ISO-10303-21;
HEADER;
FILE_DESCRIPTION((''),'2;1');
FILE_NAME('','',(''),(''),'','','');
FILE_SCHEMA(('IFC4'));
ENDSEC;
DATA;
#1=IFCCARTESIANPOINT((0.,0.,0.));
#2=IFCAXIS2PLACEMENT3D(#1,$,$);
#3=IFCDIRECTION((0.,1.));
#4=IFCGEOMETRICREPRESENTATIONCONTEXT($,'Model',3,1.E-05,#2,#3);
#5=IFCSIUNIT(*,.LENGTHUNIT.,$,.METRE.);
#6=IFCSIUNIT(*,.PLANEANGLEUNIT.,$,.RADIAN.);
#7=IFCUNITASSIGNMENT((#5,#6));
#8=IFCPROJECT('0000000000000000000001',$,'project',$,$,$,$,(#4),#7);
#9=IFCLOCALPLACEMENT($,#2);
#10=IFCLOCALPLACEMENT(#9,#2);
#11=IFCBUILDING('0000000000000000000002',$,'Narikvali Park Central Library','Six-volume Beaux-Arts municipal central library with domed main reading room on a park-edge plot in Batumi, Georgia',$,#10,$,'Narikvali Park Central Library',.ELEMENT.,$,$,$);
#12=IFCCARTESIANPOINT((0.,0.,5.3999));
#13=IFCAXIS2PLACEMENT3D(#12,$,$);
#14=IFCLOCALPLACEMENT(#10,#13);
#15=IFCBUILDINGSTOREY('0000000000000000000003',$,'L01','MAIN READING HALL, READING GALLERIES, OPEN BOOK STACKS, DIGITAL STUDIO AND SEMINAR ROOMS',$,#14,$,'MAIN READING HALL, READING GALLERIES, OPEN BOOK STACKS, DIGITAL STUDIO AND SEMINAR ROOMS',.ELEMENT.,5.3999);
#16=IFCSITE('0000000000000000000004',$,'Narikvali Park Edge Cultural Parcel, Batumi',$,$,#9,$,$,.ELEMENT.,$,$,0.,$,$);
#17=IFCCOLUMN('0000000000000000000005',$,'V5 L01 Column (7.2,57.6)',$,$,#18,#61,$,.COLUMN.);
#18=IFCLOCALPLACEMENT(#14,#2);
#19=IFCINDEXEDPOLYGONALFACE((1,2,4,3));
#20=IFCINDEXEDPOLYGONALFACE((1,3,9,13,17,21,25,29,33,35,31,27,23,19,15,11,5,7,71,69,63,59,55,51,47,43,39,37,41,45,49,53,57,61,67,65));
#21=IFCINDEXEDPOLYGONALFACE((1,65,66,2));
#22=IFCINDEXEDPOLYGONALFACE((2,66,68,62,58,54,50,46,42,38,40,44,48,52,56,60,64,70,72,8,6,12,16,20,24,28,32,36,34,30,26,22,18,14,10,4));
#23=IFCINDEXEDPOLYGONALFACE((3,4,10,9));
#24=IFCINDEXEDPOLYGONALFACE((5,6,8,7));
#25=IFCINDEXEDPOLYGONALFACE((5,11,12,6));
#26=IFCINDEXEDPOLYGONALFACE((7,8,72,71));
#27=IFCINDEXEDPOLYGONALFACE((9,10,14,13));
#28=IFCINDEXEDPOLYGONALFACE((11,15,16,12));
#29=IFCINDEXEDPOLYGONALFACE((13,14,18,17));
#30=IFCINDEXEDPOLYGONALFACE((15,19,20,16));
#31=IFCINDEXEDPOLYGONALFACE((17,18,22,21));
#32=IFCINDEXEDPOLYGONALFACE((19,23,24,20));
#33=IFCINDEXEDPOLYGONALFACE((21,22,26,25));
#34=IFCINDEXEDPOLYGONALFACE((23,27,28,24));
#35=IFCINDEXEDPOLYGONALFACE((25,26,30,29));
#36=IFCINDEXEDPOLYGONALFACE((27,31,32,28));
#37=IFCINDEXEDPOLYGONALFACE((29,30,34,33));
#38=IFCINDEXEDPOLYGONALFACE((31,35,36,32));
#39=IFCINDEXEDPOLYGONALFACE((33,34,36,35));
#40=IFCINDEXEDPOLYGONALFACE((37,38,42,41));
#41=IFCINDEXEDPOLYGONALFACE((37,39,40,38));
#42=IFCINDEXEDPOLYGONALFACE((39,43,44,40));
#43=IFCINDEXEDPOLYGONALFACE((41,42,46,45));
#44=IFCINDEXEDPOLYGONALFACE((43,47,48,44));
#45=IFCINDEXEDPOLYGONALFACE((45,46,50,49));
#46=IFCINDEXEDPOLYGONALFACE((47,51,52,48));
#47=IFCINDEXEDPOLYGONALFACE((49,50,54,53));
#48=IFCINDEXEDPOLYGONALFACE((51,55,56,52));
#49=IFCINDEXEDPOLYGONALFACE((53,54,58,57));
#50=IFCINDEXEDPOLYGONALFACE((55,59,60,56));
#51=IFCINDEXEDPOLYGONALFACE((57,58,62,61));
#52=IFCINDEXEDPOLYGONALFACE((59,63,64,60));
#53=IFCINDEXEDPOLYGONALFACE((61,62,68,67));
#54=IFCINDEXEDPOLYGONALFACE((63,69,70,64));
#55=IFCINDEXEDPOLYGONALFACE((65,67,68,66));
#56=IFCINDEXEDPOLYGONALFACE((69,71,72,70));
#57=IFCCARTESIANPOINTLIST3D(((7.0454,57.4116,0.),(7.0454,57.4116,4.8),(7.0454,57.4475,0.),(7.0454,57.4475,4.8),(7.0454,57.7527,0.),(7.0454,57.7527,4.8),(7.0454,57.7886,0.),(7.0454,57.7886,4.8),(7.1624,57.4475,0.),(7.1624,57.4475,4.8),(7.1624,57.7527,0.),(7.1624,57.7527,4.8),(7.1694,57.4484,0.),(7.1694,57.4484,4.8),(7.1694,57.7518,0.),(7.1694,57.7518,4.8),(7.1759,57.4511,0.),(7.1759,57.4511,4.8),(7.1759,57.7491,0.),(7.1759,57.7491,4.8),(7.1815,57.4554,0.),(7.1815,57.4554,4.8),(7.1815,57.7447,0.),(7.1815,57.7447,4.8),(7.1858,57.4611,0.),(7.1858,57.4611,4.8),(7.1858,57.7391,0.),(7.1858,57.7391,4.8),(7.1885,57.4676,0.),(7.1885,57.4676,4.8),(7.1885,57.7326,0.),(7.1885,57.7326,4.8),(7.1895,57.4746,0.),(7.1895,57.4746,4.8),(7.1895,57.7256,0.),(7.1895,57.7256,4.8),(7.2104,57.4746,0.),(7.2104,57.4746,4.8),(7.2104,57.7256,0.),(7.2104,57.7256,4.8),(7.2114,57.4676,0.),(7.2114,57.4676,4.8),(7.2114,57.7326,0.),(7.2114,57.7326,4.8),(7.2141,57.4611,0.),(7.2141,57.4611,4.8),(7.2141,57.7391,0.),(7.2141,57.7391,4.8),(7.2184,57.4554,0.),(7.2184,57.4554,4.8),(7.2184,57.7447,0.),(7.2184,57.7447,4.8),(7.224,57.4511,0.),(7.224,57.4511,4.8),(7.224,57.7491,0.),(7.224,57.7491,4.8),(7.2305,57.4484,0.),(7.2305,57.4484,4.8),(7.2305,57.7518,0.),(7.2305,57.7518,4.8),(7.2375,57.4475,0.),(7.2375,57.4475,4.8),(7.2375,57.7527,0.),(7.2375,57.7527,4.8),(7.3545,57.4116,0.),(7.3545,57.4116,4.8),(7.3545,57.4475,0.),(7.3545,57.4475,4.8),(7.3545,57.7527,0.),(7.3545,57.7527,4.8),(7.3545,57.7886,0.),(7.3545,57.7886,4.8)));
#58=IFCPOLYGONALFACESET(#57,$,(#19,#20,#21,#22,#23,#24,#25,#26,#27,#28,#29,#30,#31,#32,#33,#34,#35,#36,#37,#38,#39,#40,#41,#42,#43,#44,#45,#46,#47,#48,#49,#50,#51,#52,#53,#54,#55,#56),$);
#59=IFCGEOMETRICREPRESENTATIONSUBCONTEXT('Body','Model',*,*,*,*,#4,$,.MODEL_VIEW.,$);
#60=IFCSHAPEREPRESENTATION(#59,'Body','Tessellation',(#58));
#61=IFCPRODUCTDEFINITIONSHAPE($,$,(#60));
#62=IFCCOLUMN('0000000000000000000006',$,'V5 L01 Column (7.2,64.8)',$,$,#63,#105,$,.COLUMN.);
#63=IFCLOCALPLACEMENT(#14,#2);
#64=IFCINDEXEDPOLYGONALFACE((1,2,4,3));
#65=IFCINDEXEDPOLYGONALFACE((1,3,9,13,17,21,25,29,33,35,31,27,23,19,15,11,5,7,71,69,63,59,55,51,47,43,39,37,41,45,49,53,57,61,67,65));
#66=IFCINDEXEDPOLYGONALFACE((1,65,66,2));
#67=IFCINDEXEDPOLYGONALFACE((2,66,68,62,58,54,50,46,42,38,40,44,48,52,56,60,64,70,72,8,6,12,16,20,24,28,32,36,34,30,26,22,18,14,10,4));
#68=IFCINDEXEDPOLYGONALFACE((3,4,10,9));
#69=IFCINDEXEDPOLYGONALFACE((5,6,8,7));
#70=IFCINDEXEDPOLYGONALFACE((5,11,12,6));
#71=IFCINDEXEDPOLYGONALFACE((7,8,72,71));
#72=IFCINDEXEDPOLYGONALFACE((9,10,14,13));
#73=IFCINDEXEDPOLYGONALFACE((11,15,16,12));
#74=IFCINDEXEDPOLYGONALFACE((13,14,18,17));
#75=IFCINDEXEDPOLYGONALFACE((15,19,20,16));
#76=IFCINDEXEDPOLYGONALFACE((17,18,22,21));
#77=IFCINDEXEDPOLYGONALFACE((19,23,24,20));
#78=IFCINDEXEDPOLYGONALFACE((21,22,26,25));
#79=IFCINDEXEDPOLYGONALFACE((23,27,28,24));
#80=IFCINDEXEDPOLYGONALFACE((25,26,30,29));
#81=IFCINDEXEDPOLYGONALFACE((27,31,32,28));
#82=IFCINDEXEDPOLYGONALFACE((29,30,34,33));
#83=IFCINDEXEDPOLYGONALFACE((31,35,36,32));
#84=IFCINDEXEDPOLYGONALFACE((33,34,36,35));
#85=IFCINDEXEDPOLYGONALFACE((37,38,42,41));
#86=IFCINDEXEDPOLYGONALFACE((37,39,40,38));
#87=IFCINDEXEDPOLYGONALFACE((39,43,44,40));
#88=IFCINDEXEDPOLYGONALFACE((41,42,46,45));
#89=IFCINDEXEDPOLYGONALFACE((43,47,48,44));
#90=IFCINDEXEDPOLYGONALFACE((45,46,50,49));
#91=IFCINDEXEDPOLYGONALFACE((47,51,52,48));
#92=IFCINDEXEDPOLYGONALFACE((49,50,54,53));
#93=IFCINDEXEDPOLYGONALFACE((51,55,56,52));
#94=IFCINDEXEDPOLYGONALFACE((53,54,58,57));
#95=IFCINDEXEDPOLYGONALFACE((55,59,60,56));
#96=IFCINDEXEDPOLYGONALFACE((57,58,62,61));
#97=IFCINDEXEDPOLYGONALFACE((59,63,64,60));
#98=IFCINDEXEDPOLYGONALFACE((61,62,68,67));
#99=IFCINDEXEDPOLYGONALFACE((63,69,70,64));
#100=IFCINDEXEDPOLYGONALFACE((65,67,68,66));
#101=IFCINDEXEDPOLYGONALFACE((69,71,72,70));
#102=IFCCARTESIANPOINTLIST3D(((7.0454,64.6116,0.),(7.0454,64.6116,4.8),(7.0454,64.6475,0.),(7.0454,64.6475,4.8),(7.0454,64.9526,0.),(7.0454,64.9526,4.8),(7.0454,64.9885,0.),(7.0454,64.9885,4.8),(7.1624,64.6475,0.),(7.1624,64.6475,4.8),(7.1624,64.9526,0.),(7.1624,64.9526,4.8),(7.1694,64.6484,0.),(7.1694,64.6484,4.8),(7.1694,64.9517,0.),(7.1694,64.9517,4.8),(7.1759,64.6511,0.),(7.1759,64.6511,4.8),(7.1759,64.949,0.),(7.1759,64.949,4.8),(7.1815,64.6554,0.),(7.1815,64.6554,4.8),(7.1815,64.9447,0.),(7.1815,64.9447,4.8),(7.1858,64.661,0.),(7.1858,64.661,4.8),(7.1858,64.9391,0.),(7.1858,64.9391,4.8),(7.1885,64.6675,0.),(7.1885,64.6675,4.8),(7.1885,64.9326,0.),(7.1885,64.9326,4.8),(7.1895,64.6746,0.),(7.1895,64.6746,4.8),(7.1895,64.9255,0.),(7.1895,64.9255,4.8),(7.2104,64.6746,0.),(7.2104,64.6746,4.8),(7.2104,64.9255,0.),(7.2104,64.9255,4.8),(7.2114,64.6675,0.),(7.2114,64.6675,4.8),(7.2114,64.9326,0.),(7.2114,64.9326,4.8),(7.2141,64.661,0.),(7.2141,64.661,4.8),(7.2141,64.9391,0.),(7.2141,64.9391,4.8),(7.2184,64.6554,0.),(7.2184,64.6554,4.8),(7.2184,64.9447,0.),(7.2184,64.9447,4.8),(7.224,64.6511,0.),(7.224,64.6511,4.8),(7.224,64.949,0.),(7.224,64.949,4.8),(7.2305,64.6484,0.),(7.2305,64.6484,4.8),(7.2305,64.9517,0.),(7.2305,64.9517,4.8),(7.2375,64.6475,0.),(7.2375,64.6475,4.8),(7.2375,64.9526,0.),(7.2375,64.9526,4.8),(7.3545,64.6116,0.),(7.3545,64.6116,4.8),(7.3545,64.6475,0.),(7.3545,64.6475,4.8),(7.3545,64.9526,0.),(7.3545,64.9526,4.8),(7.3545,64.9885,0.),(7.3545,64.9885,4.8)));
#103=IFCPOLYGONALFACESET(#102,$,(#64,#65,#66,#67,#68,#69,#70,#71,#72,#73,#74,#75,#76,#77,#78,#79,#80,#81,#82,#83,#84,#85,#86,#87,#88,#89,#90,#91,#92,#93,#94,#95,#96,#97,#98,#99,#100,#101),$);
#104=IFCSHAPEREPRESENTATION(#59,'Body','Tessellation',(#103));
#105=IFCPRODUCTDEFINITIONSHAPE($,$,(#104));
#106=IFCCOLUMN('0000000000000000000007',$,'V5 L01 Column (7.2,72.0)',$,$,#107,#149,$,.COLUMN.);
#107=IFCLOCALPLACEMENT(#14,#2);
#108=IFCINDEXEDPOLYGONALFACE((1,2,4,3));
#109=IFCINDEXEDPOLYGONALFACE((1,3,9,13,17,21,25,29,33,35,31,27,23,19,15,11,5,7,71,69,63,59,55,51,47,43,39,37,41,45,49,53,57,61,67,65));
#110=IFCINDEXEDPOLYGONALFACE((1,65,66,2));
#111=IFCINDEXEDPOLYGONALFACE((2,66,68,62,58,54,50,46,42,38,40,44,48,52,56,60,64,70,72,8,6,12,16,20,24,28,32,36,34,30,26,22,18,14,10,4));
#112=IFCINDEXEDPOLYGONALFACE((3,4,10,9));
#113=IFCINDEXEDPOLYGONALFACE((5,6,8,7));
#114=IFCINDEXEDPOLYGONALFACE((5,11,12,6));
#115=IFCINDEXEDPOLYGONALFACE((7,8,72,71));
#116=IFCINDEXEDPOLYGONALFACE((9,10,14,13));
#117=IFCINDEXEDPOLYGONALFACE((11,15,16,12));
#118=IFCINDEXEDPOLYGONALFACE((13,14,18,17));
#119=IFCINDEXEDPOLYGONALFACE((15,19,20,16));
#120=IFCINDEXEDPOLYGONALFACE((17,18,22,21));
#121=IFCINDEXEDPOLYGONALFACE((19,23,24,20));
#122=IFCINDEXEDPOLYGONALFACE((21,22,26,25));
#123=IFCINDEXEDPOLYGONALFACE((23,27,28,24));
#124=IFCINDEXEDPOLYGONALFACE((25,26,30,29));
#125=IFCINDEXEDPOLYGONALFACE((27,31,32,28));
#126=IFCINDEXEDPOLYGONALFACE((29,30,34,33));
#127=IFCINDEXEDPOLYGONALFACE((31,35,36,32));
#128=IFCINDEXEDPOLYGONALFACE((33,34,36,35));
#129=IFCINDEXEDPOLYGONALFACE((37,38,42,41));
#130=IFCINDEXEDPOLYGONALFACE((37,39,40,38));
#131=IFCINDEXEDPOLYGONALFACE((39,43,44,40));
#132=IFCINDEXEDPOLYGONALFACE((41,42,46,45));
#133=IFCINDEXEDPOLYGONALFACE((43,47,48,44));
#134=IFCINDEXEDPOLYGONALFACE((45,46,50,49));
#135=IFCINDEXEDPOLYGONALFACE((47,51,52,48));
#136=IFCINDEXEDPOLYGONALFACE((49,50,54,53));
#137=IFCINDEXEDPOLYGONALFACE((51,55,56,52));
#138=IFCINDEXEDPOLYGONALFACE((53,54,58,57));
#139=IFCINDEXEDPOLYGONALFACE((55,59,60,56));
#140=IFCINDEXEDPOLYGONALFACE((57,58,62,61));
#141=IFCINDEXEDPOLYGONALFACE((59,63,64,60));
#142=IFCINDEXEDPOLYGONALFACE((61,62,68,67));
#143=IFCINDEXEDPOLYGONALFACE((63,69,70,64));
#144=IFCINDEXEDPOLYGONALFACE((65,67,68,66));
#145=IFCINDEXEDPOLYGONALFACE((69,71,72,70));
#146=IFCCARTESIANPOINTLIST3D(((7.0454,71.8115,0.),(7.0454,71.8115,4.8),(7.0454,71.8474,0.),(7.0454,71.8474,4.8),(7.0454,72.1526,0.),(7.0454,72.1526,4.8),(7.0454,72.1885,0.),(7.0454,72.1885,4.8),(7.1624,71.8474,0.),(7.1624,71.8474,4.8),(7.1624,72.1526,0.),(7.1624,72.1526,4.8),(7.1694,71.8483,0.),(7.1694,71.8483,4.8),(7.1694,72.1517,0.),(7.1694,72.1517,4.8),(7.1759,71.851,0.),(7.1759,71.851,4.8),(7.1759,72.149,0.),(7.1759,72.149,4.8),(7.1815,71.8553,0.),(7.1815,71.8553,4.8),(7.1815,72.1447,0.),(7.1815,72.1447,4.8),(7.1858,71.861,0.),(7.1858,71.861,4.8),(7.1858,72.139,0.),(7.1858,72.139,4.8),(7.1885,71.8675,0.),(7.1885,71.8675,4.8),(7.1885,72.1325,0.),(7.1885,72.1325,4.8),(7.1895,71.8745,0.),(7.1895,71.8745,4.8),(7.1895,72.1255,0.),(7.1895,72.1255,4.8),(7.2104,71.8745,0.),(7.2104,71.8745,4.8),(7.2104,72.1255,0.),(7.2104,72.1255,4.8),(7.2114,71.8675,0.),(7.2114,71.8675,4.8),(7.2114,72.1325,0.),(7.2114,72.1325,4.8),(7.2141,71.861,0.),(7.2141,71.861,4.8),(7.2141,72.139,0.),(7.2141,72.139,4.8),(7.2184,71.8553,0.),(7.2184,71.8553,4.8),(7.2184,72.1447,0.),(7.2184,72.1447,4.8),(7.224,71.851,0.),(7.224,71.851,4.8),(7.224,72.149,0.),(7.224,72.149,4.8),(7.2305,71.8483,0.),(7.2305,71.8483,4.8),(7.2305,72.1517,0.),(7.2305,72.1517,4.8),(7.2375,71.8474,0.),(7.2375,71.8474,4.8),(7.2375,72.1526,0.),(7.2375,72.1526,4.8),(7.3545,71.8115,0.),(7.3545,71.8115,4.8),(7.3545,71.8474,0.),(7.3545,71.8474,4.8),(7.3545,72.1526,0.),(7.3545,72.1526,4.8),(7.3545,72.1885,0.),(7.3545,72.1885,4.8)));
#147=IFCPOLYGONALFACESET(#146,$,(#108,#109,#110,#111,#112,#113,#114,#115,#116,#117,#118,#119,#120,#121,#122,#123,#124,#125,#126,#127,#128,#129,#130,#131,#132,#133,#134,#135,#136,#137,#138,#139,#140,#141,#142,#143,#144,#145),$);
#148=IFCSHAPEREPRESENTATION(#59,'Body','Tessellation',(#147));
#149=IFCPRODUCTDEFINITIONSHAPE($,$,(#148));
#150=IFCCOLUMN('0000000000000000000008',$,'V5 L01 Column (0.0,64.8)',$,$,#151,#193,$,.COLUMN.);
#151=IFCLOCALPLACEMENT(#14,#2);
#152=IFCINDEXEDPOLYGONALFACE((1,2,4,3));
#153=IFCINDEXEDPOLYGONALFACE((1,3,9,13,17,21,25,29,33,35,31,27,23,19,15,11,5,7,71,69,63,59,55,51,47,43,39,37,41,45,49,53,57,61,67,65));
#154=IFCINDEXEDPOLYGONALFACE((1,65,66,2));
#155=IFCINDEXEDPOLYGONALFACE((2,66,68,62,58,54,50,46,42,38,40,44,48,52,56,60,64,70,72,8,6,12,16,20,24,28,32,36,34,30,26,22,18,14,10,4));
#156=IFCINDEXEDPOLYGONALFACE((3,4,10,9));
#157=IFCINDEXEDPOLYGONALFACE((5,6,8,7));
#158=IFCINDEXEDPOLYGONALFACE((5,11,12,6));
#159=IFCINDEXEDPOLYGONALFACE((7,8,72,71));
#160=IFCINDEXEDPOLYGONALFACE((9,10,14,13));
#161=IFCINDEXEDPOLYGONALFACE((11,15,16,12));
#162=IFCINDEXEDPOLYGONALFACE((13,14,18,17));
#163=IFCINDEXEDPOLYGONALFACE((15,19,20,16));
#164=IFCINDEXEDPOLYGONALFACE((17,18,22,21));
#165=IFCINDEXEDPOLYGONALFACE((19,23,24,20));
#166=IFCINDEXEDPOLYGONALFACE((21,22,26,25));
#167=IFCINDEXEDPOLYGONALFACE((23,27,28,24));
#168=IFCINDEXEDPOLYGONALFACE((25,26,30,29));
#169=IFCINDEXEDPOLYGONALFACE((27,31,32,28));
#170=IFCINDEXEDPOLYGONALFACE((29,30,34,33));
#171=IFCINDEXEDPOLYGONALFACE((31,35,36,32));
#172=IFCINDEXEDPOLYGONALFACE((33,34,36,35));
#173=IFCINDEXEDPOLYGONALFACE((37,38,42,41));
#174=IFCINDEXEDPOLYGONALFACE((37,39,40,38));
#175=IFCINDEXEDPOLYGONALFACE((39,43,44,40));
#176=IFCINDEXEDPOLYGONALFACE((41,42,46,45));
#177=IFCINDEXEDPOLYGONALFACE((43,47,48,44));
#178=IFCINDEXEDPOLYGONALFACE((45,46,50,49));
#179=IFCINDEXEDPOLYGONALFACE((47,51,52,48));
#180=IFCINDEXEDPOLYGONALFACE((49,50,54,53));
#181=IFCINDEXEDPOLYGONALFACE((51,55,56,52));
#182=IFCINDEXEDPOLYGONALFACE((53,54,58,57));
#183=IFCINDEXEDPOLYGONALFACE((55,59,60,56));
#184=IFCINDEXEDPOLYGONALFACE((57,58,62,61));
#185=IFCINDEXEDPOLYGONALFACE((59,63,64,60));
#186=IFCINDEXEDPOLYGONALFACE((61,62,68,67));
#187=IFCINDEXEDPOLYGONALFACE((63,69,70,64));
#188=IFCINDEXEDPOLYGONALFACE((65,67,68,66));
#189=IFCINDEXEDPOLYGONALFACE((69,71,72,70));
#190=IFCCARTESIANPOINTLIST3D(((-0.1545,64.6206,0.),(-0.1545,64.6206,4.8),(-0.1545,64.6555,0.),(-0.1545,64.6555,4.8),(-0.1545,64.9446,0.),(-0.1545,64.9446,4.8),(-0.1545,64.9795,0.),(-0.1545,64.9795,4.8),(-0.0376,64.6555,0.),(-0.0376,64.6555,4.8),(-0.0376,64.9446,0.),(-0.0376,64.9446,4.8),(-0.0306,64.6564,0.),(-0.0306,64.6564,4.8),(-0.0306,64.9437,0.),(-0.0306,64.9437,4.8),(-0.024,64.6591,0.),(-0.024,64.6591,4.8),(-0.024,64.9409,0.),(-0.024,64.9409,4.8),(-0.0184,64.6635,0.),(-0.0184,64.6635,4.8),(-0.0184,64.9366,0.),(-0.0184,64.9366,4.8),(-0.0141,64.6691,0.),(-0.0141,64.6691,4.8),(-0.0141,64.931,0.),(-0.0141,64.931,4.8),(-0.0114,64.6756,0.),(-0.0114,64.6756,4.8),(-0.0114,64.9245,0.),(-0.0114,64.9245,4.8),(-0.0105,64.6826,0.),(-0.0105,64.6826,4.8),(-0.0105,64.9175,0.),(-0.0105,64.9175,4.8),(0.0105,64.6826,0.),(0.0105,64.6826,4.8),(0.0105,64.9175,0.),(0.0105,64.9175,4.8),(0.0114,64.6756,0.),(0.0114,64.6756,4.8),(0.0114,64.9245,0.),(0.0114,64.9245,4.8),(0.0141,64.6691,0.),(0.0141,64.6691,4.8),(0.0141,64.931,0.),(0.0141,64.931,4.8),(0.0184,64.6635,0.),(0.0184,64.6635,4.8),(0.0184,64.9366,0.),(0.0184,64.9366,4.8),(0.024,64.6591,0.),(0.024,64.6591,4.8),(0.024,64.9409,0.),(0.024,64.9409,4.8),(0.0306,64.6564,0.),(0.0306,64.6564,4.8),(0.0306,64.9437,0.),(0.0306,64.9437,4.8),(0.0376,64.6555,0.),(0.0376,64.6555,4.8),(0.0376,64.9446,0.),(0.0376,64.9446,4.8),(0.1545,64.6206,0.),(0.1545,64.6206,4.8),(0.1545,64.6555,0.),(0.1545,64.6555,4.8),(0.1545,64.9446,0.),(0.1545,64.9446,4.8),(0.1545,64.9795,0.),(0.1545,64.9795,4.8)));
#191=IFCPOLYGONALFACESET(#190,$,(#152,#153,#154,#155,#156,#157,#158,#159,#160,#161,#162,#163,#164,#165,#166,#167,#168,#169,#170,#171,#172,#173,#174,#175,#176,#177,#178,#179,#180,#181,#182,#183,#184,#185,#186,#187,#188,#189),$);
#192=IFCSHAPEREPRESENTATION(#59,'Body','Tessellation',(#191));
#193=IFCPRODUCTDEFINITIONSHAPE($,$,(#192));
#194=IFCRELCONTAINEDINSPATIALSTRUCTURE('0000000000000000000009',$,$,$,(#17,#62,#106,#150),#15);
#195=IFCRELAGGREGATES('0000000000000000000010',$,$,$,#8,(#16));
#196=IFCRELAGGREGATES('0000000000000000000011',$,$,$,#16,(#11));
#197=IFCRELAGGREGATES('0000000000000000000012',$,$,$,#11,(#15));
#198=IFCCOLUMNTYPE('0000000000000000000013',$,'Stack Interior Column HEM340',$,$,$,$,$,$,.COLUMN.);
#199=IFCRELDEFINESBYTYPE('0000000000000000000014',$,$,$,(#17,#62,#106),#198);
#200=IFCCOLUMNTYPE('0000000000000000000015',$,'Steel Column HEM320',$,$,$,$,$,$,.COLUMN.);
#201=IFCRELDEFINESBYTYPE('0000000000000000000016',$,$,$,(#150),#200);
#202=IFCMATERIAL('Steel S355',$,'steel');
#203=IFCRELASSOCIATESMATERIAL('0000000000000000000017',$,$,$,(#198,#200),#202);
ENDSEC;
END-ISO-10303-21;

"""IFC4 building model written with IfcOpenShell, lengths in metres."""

from ifc_helpers import new_model, si_unit, direction, frame, origin, origin_2d, place, context, subcontext, project, spatial, i_section, extrude, material, material_profile, profile_set, type_object, element, save


model = new_model("IFC4")

# Units and contexts
model_context = context("Model", 3, precision=1e-05, world=origin(), true_north=direction((0.0, 1.0)))
body_context = subcontext(model_context, "Body", "Model", "MODEL_VIEW")
ifc_project = project(units=[si_unit("LENGTHUNIT", "METRE"), si_unit("PLANEANGLEUNIT", "RADIAN")], contexts=[model_context])

# Site, building, storey
site_placement = place(None, origin())
site = spatial("IfcSite", under=ifc_project, at=site_placement, Name="Narikvali Park Edge Cultural Parcel, Batumi", CompositionType="ELEMENT", RefElevation=0.0)
building_placement = place(site_placement, origin())
building = spatial("IfcBuilding", under=site, at=building_placement, Name="Narikvali Park Central Library", Description="Six-volume Beaux-Arts municipal central library with domed main reading room on a park-edge plot in Batumi, Georgia", LongName="Narikvali Park Central Library", CompositionType="ELEMENT")
storey_placement = place(building_placement, frame((0.0, 0.0, 5.3999)))
storey = spatial("IfcBuildingStorey", under=building, at=storey_placement, Name="L01", Description="MAIN READING HALL, READING GALLERIES, OPEN BOOK STACKS, DIGITAL STUDIO AND SEMINAR ROOMS", LongName="MAIN READING HALL, READING GALLERIES, OPEN BOOK STACKS, DIGITAL STUDIO AND SEMINAR ROOMS", CompositionType="ELEMENT", Elevation=5.3999)

# Columns
ifc_material_1 = material(Name="Steel S355", Category="steel")
ifc_material_profile_1 = material_profile(ifc_material_1, i_section(OverallWidth=0.3091, OverallDepth=0.377, WebThickness=0.021, FlangeThickness=0.0359, FilletRadius=0.0271, at=origin_2d()), Name="HEM 340")
ifc_profile_set_1 = profile_set([ifc_material_profile_1], Name="Steel S355")
column_type_1 = type_object("IfcColumnType", Name="Stack Interior Column HEM340", PredefinedType="COLUMN", material=ifc_profile_set_1)
for number, where, z_axis, x_axis, name in (
    (1, (7.2, 57.6001, 0.0), (0.0, 0.0, 1.0), (1.0, 0.0, 0.0), "V5 L01 Column (7.2,57.6)"),
    (2, (7.2, 64.8, 0.0), (0.0, 0.0, 1.0), (1.0, 0.0, 0.0), "V5 L01 Column (7.2,64.8)"),
    (3, (7.2, 72.0, 0.0), (0.0, 0.0, 1.0), (1.0, 0.0, 0.0), "V5 L01 Column (7.2,72.0)"),
):
    element("IfcColumn", number, at=place(storey_placement, frame(where, z_axis=z_axis, x_axis=x_axis)), inside=storey, type_object=column_type_1, Name=name, PredefinedType="COLUMN", context=body_context, shape_type="SweptSolid", body=[
        extrude(i_section(OverallWidth=0.3091, OverallDepth=0.377, WebThickness=0.021, FlangeThickness=0.0359, FilletRadius=0.0271, at=origin_2d()), origin(), (0.0, 0.0, 1.0), 4.8),
    ])
ifc_material_profile_2 = material_profile(ifc_material_1, i_section(OverallWidth=0.3091, OverallDepth=0.3589, WebThickness=0.021, FlangeThickness=0.0349, FilletRadius=0.0271, at=origin_2d()), Name="HEM 320")
ifc_profile_set_2 = profile_set([ifc_material_profile_2], Name="Steel S355")
column_type_2 = type_object("IfcColumnType", Name="Steel Column HEM320", PredefinedType="COLUMN", material=ifc_profile_set_2)
for number, where, z_axis, x_axis, name in (
    (4, (0.0, 64.8, 0.0), (0.0, 0.0, 1.0), (1.0, 0.0, 0.0), "V5 L01 Column (0.0,64.8)"),
):
    element("IfcColumn", number, at=place(storey_placement, frame(where, z_axis=z_axis, x_axis=x_axis)), inside=storey, type_object=column_type_2, Name=name, PredefinedType="COLUMN", context=body_context, shape_type="SweptSolid", body=[
        extrude(i_section(OverallWidth=0.3091, OverallDepth=0.3589, WebThickness=0.021, FlangeThickness=0.0349, FilletRadius=0.0271, at=origin_2d()), origin(), (0.0, 0.0, 1.0), 4.8),
    ])

save(model, "model.ifc")
